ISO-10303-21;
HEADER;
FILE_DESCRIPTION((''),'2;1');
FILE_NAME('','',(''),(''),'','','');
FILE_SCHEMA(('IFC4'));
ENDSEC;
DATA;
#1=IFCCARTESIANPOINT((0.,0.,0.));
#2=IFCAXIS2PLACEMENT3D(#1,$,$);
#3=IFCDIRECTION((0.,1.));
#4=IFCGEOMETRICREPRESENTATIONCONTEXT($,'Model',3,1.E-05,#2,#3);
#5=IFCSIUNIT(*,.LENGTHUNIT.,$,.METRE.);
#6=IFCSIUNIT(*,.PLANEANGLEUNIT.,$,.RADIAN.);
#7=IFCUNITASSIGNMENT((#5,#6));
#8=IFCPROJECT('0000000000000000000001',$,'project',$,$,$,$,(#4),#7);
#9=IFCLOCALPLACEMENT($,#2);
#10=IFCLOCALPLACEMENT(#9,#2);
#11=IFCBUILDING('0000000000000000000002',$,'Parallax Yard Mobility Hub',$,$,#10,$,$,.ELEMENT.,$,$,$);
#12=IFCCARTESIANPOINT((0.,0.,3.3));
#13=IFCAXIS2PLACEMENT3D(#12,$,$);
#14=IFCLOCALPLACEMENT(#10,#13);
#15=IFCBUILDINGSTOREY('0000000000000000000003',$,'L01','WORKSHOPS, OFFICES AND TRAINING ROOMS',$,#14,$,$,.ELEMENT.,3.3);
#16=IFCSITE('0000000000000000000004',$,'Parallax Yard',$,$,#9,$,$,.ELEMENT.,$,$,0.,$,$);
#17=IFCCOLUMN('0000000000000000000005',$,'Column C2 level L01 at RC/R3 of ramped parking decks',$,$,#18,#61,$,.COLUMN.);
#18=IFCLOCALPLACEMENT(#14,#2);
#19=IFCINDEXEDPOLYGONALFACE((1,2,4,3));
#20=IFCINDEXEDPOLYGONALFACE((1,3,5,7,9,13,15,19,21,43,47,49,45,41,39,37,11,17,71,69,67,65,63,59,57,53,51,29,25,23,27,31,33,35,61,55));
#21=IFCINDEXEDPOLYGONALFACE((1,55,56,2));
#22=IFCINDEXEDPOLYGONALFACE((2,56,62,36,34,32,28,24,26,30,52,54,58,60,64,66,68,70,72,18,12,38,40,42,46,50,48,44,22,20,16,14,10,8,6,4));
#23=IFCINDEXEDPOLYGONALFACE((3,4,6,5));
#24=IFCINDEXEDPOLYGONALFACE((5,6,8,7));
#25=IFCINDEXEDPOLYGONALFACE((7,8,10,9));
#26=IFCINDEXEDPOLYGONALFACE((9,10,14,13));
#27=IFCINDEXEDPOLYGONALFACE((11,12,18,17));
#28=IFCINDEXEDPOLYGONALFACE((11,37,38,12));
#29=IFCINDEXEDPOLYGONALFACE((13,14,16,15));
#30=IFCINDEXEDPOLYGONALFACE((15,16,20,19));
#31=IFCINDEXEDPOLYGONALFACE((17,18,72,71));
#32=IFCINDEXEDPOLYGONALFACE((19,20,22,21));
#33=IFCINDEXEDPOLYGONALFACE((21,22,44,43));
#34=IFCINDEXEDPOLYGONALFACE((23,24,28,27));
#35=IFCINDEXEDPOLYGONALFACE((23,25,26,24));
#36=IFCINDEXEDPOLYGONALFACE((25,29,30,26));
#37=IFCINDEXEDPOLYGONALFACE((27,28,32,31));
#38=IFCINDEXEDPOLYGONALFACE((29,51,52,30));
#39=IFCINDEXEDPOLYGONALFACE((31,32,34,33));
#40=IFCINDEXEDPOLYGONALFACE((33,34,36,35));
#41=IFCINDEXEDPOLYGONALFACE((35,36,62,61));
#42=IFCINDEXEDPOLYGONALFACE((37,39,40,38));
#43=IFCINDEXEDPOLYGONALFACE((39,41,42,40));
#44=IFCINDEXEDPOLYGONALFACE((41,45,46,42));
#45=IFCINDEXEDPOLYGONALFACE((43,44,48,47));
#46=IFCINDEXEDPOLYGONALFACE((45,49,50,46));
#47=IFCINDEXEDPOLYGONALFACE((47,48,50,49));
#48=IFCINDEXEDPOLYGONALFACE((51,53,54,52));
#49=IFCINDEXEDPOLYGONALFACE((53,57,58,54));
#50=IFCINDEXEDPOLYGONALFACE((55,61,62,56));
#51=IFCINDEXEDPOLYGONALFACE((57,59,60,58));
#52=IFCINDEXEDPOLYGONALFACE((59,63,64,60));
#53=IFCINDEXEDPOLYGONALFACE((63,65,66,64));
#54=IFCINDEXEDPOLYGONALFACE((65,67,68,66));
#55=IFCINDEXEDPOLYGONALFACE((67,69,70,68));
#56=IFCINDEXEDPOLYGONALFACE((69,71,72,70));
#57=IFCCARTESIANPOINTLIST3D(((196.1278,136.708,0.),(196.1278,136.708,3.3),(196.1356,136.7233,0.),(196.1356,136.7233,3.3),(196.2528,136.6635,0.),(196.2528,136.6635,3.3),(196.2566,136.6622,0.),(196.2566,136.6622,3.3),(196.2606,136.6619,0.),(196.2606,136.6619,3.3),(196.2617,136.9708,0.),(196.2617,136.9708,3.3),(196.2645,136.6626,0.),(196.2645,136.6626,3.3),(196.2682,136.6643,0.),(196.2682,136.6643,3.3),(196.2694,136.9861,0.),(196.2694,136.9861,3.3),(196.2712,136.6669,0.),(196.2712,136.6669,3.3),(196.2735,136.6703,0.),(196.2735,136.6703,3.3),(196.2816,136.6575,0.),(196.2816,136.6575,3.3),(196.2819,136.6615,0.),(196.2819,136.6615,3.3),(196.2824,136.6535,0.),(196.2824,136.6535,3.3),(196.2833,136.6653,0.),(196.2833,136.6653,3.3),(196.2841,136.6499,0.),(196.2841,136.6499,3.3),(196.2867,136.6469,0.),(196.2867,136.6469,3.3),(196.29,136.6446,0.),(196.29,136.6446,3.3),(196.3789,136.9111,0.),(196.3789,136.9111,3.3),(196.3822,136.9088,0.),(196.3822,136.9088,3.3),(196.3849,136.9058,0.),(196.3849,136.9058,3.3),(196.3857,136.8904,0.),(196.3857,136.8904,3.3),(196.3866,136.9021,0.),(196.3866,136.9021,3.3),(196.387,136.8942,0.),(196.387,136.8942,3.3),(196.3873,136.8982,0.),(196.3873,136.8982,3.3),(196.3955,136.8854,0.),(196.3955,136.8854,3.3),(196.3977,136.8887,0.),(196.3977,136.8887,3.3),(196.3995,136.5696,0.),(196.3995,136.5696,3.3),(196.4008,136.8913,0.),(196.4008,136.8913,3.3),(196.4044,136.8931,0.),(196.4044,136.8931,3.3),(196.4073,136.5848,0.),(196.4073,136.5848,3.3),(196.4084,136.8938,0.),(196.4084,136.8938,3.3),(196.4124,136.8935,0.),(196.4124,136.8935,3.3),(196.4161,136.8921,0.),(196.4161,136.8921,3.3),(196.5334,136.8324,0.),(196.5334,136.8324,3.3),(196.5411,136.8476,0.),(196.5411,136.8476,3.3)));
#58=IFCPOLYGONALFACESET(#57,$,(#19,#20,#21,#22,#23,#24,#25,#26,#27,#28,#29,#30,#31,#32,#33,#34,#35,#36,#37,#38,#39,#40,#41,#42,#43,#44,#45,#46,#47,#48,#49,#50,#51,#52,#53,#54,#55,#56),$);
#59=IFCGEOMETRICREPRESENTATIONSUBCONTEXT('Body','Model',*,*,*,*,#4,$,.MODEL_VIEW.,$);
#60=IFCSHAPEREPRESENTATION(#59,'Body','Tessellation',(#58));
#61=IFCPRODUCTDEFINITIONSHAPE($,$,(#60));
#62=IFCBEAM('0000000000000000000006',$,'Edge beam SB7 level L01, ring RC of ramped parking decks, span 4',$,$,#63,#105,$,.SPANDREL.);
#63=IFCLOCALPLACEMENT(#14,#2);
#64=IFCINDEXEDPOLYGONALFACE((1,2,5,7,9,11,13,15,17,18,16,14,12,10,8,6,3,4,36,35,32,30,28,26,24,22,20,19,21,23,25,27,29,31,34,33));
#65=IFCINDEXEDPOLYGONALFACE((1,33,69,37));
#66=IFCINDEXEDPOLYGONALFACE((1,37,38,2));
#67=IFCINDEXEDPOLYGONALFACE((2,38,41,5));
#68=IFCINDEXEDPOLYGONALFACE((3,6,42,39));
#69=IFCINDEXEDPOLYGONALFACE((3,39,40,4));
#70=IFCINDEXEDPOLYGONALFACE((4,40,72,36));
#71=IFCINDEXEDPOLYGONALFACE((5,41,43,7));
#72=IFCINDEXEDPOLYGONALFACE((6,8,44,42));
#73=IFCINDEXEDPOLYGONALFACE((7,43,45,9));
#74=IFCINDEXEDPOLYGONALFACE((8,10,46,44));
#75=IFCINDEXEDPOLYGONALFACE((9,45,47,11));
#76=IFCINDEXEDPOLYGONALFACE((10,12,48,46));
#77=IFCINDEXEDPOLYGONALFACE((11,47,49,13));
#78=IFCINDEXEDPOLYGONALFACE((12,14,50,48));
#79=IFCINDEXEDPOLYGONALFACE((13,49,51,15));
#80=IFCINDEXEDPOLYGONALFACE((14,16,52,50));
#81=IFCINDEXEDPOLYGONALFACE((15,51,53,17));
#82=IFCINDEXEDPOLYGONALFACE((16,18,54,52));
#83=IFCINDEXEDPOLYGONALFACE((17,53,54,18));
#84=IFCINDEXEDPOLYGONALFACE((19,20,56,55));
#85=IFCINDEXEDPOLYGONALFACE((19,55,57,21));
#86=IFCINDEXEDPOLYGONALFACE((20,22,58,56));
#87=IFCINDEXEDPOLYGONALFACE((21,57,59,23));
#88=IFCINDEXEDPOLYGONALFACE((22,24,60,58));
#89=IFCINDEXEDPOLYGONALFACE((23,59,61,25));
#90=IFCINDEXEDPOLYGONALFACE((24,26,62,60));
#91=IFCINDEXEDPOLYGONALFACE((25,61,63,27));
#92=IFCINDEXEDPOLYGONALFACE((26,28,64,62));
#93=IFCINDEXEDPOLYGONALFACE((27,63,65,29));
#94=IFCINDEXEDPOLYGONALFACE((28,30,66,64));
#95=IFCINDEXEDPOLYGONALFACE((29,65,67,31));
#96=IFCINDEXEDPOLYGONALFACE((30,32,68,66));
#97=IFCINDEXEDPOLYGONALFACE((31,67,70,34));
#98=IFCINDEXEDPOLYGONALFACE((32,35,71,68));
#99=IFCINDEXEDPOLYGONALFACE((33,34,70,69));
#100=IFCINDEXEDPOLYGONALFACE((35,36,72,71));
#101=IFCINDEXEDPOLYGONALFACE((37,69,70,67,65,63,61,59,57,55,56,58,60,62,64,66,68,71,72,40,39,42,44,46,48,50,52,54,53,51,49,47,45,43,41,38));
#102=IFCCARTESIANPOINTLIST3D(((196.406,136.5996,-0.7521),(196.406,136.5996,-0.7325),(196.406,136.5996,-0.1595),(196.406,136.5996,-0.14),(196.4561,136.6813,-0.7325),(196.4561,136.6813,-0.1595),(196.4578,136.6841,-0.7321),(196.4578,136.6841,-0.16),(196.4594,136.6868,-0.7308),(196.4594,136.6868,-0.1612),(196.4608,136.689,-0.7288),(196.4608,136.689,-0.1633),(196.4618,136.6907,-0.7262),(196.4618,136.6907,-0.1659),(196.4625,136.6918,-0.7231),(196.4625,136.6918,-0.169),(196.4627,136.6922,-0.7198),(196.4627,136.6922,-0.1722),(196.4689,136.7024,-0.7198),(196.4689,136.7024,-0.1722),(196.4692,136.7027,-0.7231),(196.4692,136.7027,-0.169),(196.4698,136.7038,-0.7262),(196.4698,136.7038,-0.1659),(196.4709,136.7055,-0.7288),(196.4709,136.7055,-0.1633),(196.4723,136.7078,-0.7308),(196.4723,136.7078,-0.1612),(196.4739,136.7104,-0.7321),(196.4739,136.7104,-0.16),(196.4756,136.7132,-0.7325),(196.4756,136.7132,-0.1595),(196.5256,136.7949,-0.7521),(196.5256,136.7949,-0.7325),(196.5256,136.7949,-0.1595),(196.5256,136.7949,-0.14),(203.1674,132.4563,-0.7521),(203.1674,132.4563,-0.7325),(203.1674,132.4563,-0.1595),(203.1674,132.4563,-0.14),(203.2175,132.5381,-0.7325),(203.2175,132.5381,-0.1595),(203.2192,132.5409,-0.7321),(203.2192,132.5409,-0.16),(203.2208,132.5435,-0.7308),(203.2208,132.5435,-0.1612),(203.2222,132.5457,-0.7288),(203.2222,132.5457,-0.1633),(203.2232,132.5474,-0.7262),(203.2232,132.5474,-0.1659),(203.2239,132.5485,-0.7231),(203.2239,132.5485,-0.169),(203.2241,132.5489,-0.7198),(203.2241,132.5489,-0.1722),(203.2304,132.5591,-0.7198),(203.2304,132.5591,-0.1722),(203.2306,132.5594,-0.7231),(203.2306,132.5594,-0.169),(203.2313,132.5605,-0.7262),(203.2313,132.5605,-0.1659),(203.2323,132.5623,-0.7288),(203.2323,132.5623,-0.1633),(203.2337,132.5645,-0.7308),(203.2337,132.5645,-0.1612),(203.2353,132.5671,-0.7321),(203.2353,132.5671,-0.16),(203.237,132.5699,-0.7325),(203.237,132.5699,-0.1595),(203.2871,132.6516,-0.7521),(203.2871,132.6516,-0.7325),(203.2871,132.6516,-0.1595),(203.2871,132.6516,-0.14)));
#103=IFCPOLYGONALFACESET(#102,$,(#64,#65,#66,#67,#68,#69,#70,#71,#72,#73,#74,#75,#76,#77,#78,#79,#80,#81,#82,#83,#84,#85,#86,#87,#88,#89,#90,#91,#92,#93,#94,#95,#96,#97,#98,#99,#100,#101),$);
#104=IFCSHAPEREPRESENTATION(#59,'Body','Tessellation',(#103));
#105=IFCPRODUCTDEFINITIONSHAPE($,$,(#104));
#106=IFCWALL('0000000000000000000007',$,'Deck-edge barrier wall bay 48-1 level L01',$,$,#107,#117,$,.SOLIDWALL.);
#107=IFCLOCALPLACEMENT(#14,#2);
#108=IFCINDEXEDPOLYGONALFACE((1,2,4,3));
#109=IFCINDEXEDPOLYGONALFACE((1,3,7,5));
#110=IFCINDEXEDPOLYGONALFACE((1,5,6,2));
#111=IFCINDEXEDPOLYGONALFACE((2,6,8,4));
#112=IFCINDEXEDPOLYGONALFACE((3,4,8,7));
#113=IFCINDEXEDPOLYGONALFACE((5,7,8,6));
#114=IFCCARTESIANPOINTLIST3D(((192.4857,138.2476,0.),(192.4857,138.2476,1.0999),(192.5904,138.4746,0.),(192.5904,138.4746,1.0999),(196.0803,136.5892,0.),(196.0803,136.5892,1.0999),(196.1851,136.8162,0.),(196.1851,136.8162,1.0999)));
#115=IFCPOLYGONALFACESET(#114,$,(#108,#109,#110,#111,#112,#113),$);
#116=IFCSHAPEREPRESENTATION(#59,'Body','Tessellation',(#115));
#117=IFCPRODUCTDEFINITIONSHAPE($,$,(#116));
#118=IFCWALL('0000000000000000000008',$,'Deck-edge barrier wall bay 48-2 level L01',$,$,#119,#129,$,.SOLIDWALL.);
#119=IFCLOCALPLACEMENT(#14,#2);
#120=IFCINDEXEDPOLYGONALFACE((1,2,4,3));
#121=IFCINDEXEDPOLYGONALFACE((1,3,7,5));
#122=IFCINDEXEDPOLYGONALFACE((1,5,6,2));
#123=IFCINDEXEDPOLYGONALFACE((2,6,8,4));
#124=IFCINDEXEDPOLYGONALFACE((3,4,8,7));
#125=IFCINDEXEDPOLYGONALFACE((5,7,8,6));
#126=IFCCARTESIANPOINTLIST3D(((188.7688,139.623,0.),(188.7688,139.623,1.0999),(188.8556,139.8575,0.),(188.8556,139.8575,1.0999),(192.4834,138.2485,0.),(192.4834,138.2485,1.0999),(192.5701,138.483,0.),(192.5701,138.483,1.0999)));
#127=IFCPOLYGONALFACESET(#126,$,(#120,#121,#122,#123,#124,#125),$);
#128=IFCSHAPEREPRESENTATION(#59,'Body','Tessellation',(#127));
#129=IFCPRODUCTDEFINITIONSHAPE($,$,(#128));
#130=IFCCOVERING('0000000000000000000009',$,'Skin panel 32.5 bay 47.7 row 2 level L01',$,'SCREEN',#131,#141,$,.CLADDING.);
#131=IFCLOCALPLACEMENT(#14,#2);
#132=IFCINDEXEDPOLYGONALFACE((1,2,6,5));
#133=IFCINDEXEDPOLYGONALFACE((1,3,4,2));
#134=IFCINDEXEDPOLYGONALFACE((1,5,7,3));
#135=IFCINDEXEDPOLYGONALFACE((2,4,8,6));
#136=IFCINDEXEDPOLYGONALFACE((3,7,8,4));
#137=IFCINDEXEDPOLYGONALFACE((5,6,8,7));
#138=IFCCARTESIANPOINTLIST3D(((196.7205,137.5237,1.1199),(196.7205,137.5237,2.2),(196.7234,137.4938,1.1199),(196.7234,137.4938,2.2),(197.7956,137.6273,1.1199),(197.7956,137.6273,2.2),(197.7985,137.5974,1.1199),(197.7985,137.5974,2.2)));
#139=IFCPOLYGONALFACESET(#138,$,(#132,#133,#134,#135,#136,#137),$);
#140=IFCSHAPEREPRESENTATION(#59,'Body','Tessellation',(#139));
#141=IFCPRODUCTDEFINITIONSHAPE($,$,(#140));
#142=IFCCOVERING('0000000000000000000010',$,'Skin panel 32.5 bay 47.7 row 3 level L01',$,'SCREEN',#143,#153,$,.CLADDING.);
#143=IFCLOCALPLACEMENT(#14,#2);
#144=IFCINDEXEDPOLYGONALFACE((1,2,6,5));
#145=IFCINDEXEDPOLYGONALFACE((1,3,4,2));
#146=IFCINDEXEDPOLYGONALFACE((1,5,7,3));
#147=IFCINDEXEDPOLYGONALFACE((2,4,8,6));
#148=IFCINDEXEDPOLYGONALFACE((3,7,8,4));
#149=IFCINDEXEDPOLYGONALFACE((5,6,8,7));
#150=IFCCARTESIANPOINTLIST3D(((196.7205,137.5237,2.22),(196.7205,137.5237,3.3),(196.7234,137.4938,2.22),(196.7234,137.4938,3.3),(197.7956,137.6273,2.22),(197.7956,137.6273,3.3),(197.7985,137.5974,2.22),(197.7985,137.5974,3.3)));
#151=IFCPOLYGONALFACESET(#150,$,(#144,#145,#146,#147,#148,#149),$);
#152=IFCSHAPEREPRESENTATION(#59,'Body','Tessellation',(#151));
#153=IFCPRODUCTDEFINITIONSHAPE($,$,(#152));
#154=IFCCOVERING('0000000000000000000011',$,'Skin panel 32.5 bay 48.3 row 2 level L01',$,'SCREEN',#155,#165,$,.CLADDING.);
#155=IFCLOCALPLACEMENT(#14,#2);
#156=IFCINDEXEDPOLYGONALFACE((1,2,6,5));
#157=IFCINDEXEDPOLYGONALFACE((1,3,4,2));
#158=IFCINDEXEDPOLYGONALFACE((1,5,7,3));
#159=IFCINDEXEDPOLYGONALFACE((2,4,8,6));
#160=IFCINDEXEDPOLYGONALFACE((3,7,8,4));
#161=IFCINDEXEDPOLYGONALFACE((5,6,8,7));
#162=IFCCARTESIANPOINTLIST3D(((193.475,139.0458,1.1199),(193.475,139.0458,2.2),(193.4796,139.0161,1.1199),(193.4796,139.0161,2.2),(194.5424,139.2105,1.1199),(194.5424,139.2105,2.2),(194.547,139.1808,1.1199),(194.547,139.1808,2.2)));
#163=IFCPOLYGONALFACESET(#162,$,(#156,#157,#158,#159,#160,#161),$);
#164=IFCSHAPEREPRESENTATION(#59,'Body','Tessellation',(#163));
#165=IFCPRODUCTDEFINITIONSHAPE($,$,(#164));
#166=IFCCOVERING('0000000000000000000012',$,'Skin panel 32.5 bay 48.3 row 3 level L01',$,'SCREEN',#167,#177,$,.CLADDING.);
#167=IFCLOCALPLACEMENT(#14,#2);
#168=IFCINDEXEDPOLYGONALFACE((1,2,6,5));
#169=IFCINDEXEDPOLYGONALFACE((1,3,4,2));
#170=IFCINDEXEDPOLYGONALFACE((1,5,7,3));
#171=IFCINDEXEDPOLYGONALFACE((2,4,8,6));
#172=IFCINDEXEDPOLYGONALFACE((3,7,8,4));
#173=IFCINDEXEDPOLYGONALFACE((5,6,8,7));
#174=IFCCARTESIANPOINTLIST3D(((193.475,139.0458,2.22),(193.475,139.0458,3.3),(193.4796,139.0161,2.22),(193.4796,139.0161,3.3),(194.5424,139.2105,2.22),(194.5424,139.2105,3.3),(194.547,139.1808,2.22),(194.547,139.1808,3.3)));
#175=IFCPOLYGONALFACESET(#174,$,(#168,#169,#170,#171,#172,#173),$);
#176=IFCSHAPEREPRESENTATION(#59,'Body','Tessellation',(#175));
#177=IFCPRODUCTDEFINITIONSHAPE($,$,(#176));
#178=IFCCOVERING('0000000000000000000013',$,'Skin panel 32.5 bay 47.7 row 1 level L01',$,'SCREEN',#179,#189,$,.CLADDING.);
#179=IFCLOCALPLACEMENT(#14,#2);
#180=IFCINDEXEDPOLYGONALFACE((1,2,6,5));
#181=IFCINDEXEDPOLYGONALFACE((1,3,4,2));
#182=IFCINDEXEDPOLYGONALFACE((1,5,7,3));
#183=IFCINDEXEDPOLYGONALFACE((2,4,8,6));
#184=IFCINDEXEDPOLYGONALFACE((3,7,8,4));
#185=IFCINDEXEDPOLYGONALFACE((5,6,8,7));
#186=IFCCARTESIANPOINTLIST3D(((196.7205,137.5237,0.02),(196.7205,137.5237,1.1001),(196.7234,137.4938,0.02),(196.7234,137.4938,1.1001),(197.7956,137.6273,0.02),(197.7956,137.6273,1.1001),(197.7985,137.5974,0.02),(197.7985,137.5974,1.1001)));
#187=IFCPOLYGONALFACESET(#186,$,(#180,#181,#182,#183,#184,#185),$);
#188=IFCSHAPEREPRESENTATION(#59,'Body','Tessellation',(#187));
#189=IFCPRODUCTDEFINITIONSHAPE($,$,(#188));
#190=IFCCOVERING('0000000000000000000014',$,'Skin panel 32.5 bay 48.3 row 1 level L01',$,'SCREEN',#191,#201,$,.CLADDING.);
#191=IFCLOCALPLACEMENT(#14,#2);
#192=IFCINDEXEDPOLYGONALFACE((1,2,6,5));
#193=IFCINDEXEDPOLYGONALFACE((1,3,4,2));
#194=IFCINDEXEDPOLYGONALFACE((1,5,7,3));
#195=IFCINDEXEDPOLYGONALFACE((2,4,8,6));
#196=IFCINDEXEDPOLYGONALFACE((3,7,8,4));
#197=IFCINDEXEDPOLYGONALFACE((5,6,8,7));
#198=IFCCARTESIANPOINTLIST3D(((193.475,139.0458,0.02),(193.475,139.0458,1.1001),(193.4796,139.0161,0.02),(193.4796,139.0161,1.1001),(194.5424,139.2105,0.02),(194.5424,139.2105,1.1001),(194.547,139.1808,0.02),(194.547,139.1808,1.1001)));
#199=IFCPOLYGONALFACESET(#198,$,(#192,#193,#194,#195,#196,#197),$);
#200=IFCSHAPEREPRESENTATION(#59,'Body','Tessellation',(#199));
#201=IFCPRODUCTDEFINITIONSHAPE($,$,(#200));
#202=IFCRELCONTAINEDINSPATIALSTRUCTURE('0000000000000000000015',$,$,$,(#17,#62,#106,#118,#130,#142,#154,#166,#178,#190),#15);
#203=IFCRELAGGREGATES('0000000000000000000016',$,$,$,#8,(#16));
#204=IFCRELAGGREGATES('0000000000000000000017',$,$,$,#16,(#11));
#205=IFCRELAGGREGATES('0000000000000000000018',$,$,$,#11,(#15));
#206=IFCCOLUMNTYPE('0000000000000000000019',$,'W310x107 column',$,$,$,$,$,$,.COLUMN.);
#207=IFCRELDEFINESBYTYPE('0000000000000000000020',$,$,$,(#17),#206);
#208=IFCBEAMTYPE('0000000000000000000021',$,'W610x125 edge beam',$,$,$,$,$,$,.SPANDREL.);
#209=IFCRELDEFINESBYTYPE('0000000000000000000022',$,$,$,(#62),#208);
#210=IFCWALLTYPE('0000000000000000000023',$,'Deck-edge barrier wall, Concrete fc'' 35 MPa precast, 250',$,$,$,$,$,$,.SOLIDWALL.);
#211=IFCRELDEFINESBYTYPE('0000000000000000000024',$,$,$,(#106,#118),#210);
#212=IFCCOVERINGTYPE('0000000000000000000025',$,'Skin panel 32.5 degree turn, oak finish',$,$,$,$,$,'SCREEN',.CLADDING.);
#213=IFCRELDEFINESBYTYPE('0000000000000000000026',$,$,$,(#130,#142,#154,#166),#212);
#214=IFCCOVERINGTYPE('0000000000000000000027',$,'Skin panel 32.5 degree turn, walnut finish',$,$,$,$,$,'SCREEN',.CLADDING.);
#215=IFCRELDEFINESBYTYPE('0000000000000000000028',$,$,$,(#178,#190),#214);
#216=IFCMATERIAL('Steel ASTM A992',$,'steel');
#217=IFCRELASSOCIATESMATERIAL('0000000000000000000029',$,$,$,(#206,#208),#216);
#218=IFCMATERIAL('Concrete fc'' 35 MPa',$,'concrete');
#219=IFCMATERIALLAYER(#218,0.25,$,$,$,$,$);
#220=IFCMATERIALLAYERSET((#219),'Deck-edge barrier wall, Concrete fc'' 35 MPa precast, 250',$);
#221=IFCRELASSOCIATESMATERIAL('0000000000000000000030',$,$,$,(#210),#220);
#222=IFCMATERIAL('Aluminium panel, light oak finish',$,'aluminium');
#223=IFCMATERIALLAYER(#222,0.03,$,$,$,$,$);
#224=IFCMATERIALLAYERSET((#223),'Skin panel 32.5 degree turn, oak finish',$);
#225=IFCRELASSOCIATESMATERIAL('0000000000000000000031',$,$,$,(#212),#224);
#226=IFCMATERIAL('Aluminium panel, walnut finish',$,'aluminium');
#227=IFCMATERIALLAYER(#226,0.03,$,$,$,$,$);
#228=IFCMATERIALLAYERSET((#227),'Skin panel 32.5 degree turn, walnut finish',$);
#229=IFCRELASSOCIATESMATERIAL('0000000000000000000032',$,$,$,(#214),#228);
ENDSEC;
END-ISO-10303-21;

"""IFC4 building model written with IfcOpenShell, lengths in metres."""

from ifc_helpers import new_model, si_unit, direction, frame, frame_2d, origin, origin_2d, place, context, subcontext, project, spatial, rectangle, i_section, extrude, material, layer, layer_set, material_profile, profile_set, type_object, element, save


model = new_model("IFC4")

# Units and contexts
model_context = context("Model", 3, precision=1e-05, world=origin(), true_north=direction((0.0, 1.0)))
body_context = subcontext(model_context, "Body", "Model", "MODEL_VIEW")
ifc_project = project(units=[si_unit("LENGTHUNIT", "METRE"), si_unit("PLANEANGLEUNIT", "RADIAN")], contexts=[model_context])

# Site, building, storey
site_placement = place(None, origin())
site = spatial("IfcSite", under=ifc_project, at=site_placement, Name="Parallax Yard", CompositionType="ELEMENT", RefElevation=0.0)
building_placement = place(site_placement, origin())
building = spatial("IfcBuilding", under=site, at=building_placement, Name="Parallax Yard Mobility Hub", CompositionType="ELEMENT")
storey_placement = place(building_placement, frame((0.0, 0.0, 3.3)))
storey = spatial("IfcBuildingStorey", under=building, at=storey_placement, Name="L01", Description="WORKSHOPS, OFFICES AND TRAINING ROOMS", CompositionType="ELEMENT", Elevation=3.3)

# Column
ifc_material_1 = material(Name="Steel ASTM A992", Category="steel")
ifc_material_profile_1 = material_profile(ifc_material_1, i_section(OverallWidth=0.3049, OverallDepth=0.312, WebThickness=0.011, FlangeThickness=0.0171, FilletRadius=0.0154, at=origin_2d()), Name="W310x107")
ifc_profile_set_1 = profile_set([ifc_material_profile_1], Name="Steel ASTM A992")
column_type = type_object("IfcColumnType", Name="W310x107 column", PredefinedType="COLUMN", material=ifc_profile_set_1)
column_placement = place(storey_placement, frame((196.3345, 136.7778, 0.0), z_axis=(0.0, 0.0, 1.0), x_axis=(-0.891007, 0.45399, 0.0)))
element("IfcColumn", 1, at=column_placement, inside=storey, type_object=column_type, Name="Column C2 level L01 at RC/R3 of ramped parking decks", PredefinedType="COLUMN", context=body_context, shape_type="SweptSolid", body=[
    extrude(i_section(OverallWidth=0.3049, OverallDepth=0.312, WebThickness=0.011, FlangeThickness=0.0171, FilletRadius=0.0154, at=origin_2d()), origin(), (0.0, 0.0, 1.0), 3.3),
])

# Beam
ifc_material_profile_2 = material_profile(ifc_material_1, i_section(OverallWidth=0.229, OverallDepth=0.6121, WebThickness=0.012, FlangeThickness=0.0195, FilletRadius=0.0127, at=origin_2d()), Name="W610x125")
ifc_profile_set_2 = profile_set([ifc_material_profile_2], Name="Steel ASTM A992")
beam_type = type_object("IfcBeamType", Name="W610x125 edge beam", PredefinedType="SPANDREL", material=ifc_profile_set_2)
beam_placement = place(storey_placement, frame((196.4658, 136.6973, -0.446), z_axis=(0.852647, -0.522487, 0.0), x_axis=(0.522487, 0.852647, 0.0)))
element("IfcBeam", 2, at=beam_placement, inside=storey, type_object=beam_type, Name="Edge beam SB7 level L01, ring RC of ramped parking decks, span 4", PredefinedType="SPANDREL", context=body_context, shape_type="SweptSolid", body=[
    extrude(i_section(OverallWidth=0.229, OverallDepth=0.6121, WebThickness=0.012, FlangeThickness=0.0195, FilletRadius=0.0127, at=origin_2d()), origin(), (0.0, 0.0, 1.0), 7.9299),
])

# Walls
ifc_material_2 = material(Name="Concrete fc' 35 MPa", Category="concrete")
ifc_layer_1 = layer(ifc_material_2, 0.25)
ifc_layer_set_1 = layer_set([ifc_layer_1], Name="Deck-edge barrier wall, Concrete fc' 35 MPa precast, 250")
wall_type = type_object("IfcWallType", Name="Deck-edge barrier wall, Concrete fc' 35 MPa precast, 250", PredefinedType="SOLIDWALL", material=ifc_layer_set_1)
wall_1_placement = place(storey_placement, frame((196.1328, 136.7026, 0.0), z_axis=(0.0, 0.0, 1.0), x_axis=(-0.908023, 0.418921, 0.0)))
element("IfcWall", 3, at=wall_1_placement, inside=storey, type_object=wall_type, Name="Deck-edge barrier wall bay 48-1 level L01", PredefinedType="SOLIDWALL", context=body_context, shape_type="SweptSolid", body=[
    extrude(rectangle(XDim=3.9587, YDim=0.25, at=frame_2d((1.9795, 0.0))), origin(), (0.0, 0.0, 1.0), 1.0999),
])
wall_2_placement = place(storey_placement, frame((192.5269, 138.3657, 0.0), z_axis=(0.0, 0.0, 1.0), x_axis=(-0.937853, 0.347033, 0.0)))
element("IfcWall", 4, at=wall_2_placement, inside=storey, type_object=wall_type, Name="Deck-edge barrier wall bay 48-2 level L01", PredefinedType="SOLIDWALL", context=body_context, shape_type="SweptSolid", body=[
    extrude(rectangle(XDim=3.9607, YDim=0.25, at=frame_2d((1.9805, 0.0))), origin(), (0.0, 0.0, 1.0), 1.0999),
])

# Coverings
ifc_material_3 = material(Name="Aluminium panel, light oak finish", Category="aluminium")
ifc_layer_2 = layer(ifc_material_3, 0.03)
ifc_layer_set_2 = layer_set([ifc_layer_2], Name="Skin panel 32.5 degree turn, oak finish")
covering_type_1 = type_object("IfcCoveringType", Name="Skin panel 32.5 degree turn, oak finish", ElementType="SCREEN", PredefinedType="CLADDING", material=ifc_layer_set_2)
for number, where, z_axis, x_axis, name in (
    (5, (197.2595, 137.5605, 1.1199), (0.0, 0.0, 1.0), (0.995396, 0.095846, 0.0), "Skin panel 32.5 bay 47.7 row 2 level L01"),
    (6, (197.2595, 137.5605, 2.22), (0.0, 0.0, 1.0), (0.995396, 0.095846, 0.0), "Skin panel 32.5 bay 47.7 row 3 level L01"),
    (7, (194.011, 139.1133, 1.1199), (0.0, 0.0, 1.0), (0.988301, 0.152515, 0.0), "Skin panel 32.5 bay 48.3 row 2 level L01"),
    (8, (194.011, 139.1133, 2.22), (0.0, 0.0, 1.0), (0.988301, 0.152515, 0.0), "Skin panel 32.5 bay 48.3 row 3 level L01"),
):
    element("IfcCovering", number, at=place(storey_placement, frame(where, z_axis=z_axis, x_axis=x_axis)), inside=storey, type_object=covering_type_1, Name=name, ObjectType="SCREEN", PredefinedType="CLADDING", context=body_context, shape_type="SweptSolid", body=[
        extrude(rectangle(XDim=1.0801, YDim=0.03, at=origin_2d()), origin(), (0.0, 0.0, 1.0), 1.0801),
    ])
ifc_material_4 = material(Name="Aluminium panel, walnut finish", Category="aluminium")
ifc_layer_3 = layer(ifc_material_4, 0.03)
ifc_layer_set_3 = layer_set([ifc_layer_3], Name="Skin panel 32.5 degree turn, walnut finish")
covering_type_2 = type_object("IfcCoveringType", Name="Skin panel 32.5 degree turn, walnut finish", ElementType="SCREEN", PredefinedType="CLADDING", material=ifc_layer_set_3)
for number, where, z_axis, x_axis, name in (
    (9, (197.2595, 137.5605, 0.02), (0.0, 0.0, 1.0), (0.995396, 0.095846, 0.0), "Skin panel 32.5 bay 47.7 row 1 level L01"),
    (10, (194.011, 139.1133, 0.02), (0.0, 0.0, 1.0), (0.988301, 0.152515, 0.0), "Skin panel 32.5 bay 48.3 row 1 level L01"),
):
    element("IfcCovering", number, at=place(storey_placement, frame(where, z_axis=z_axis, x_axis=x_axis)), inside=storey, type_object=covering_type_2, Name=name, ObjectType="SCREEN", PredefinedType="CLADDING", context=body_context, shape_type="SweptSolid", body=[
        extrude(rectangle(XDim=1.0801, YDim=0.03, at=origin_2d()), origin(), (0.0, 0.0, 1.0), 1.0801),
    ])

save(model, "model.ifc")
